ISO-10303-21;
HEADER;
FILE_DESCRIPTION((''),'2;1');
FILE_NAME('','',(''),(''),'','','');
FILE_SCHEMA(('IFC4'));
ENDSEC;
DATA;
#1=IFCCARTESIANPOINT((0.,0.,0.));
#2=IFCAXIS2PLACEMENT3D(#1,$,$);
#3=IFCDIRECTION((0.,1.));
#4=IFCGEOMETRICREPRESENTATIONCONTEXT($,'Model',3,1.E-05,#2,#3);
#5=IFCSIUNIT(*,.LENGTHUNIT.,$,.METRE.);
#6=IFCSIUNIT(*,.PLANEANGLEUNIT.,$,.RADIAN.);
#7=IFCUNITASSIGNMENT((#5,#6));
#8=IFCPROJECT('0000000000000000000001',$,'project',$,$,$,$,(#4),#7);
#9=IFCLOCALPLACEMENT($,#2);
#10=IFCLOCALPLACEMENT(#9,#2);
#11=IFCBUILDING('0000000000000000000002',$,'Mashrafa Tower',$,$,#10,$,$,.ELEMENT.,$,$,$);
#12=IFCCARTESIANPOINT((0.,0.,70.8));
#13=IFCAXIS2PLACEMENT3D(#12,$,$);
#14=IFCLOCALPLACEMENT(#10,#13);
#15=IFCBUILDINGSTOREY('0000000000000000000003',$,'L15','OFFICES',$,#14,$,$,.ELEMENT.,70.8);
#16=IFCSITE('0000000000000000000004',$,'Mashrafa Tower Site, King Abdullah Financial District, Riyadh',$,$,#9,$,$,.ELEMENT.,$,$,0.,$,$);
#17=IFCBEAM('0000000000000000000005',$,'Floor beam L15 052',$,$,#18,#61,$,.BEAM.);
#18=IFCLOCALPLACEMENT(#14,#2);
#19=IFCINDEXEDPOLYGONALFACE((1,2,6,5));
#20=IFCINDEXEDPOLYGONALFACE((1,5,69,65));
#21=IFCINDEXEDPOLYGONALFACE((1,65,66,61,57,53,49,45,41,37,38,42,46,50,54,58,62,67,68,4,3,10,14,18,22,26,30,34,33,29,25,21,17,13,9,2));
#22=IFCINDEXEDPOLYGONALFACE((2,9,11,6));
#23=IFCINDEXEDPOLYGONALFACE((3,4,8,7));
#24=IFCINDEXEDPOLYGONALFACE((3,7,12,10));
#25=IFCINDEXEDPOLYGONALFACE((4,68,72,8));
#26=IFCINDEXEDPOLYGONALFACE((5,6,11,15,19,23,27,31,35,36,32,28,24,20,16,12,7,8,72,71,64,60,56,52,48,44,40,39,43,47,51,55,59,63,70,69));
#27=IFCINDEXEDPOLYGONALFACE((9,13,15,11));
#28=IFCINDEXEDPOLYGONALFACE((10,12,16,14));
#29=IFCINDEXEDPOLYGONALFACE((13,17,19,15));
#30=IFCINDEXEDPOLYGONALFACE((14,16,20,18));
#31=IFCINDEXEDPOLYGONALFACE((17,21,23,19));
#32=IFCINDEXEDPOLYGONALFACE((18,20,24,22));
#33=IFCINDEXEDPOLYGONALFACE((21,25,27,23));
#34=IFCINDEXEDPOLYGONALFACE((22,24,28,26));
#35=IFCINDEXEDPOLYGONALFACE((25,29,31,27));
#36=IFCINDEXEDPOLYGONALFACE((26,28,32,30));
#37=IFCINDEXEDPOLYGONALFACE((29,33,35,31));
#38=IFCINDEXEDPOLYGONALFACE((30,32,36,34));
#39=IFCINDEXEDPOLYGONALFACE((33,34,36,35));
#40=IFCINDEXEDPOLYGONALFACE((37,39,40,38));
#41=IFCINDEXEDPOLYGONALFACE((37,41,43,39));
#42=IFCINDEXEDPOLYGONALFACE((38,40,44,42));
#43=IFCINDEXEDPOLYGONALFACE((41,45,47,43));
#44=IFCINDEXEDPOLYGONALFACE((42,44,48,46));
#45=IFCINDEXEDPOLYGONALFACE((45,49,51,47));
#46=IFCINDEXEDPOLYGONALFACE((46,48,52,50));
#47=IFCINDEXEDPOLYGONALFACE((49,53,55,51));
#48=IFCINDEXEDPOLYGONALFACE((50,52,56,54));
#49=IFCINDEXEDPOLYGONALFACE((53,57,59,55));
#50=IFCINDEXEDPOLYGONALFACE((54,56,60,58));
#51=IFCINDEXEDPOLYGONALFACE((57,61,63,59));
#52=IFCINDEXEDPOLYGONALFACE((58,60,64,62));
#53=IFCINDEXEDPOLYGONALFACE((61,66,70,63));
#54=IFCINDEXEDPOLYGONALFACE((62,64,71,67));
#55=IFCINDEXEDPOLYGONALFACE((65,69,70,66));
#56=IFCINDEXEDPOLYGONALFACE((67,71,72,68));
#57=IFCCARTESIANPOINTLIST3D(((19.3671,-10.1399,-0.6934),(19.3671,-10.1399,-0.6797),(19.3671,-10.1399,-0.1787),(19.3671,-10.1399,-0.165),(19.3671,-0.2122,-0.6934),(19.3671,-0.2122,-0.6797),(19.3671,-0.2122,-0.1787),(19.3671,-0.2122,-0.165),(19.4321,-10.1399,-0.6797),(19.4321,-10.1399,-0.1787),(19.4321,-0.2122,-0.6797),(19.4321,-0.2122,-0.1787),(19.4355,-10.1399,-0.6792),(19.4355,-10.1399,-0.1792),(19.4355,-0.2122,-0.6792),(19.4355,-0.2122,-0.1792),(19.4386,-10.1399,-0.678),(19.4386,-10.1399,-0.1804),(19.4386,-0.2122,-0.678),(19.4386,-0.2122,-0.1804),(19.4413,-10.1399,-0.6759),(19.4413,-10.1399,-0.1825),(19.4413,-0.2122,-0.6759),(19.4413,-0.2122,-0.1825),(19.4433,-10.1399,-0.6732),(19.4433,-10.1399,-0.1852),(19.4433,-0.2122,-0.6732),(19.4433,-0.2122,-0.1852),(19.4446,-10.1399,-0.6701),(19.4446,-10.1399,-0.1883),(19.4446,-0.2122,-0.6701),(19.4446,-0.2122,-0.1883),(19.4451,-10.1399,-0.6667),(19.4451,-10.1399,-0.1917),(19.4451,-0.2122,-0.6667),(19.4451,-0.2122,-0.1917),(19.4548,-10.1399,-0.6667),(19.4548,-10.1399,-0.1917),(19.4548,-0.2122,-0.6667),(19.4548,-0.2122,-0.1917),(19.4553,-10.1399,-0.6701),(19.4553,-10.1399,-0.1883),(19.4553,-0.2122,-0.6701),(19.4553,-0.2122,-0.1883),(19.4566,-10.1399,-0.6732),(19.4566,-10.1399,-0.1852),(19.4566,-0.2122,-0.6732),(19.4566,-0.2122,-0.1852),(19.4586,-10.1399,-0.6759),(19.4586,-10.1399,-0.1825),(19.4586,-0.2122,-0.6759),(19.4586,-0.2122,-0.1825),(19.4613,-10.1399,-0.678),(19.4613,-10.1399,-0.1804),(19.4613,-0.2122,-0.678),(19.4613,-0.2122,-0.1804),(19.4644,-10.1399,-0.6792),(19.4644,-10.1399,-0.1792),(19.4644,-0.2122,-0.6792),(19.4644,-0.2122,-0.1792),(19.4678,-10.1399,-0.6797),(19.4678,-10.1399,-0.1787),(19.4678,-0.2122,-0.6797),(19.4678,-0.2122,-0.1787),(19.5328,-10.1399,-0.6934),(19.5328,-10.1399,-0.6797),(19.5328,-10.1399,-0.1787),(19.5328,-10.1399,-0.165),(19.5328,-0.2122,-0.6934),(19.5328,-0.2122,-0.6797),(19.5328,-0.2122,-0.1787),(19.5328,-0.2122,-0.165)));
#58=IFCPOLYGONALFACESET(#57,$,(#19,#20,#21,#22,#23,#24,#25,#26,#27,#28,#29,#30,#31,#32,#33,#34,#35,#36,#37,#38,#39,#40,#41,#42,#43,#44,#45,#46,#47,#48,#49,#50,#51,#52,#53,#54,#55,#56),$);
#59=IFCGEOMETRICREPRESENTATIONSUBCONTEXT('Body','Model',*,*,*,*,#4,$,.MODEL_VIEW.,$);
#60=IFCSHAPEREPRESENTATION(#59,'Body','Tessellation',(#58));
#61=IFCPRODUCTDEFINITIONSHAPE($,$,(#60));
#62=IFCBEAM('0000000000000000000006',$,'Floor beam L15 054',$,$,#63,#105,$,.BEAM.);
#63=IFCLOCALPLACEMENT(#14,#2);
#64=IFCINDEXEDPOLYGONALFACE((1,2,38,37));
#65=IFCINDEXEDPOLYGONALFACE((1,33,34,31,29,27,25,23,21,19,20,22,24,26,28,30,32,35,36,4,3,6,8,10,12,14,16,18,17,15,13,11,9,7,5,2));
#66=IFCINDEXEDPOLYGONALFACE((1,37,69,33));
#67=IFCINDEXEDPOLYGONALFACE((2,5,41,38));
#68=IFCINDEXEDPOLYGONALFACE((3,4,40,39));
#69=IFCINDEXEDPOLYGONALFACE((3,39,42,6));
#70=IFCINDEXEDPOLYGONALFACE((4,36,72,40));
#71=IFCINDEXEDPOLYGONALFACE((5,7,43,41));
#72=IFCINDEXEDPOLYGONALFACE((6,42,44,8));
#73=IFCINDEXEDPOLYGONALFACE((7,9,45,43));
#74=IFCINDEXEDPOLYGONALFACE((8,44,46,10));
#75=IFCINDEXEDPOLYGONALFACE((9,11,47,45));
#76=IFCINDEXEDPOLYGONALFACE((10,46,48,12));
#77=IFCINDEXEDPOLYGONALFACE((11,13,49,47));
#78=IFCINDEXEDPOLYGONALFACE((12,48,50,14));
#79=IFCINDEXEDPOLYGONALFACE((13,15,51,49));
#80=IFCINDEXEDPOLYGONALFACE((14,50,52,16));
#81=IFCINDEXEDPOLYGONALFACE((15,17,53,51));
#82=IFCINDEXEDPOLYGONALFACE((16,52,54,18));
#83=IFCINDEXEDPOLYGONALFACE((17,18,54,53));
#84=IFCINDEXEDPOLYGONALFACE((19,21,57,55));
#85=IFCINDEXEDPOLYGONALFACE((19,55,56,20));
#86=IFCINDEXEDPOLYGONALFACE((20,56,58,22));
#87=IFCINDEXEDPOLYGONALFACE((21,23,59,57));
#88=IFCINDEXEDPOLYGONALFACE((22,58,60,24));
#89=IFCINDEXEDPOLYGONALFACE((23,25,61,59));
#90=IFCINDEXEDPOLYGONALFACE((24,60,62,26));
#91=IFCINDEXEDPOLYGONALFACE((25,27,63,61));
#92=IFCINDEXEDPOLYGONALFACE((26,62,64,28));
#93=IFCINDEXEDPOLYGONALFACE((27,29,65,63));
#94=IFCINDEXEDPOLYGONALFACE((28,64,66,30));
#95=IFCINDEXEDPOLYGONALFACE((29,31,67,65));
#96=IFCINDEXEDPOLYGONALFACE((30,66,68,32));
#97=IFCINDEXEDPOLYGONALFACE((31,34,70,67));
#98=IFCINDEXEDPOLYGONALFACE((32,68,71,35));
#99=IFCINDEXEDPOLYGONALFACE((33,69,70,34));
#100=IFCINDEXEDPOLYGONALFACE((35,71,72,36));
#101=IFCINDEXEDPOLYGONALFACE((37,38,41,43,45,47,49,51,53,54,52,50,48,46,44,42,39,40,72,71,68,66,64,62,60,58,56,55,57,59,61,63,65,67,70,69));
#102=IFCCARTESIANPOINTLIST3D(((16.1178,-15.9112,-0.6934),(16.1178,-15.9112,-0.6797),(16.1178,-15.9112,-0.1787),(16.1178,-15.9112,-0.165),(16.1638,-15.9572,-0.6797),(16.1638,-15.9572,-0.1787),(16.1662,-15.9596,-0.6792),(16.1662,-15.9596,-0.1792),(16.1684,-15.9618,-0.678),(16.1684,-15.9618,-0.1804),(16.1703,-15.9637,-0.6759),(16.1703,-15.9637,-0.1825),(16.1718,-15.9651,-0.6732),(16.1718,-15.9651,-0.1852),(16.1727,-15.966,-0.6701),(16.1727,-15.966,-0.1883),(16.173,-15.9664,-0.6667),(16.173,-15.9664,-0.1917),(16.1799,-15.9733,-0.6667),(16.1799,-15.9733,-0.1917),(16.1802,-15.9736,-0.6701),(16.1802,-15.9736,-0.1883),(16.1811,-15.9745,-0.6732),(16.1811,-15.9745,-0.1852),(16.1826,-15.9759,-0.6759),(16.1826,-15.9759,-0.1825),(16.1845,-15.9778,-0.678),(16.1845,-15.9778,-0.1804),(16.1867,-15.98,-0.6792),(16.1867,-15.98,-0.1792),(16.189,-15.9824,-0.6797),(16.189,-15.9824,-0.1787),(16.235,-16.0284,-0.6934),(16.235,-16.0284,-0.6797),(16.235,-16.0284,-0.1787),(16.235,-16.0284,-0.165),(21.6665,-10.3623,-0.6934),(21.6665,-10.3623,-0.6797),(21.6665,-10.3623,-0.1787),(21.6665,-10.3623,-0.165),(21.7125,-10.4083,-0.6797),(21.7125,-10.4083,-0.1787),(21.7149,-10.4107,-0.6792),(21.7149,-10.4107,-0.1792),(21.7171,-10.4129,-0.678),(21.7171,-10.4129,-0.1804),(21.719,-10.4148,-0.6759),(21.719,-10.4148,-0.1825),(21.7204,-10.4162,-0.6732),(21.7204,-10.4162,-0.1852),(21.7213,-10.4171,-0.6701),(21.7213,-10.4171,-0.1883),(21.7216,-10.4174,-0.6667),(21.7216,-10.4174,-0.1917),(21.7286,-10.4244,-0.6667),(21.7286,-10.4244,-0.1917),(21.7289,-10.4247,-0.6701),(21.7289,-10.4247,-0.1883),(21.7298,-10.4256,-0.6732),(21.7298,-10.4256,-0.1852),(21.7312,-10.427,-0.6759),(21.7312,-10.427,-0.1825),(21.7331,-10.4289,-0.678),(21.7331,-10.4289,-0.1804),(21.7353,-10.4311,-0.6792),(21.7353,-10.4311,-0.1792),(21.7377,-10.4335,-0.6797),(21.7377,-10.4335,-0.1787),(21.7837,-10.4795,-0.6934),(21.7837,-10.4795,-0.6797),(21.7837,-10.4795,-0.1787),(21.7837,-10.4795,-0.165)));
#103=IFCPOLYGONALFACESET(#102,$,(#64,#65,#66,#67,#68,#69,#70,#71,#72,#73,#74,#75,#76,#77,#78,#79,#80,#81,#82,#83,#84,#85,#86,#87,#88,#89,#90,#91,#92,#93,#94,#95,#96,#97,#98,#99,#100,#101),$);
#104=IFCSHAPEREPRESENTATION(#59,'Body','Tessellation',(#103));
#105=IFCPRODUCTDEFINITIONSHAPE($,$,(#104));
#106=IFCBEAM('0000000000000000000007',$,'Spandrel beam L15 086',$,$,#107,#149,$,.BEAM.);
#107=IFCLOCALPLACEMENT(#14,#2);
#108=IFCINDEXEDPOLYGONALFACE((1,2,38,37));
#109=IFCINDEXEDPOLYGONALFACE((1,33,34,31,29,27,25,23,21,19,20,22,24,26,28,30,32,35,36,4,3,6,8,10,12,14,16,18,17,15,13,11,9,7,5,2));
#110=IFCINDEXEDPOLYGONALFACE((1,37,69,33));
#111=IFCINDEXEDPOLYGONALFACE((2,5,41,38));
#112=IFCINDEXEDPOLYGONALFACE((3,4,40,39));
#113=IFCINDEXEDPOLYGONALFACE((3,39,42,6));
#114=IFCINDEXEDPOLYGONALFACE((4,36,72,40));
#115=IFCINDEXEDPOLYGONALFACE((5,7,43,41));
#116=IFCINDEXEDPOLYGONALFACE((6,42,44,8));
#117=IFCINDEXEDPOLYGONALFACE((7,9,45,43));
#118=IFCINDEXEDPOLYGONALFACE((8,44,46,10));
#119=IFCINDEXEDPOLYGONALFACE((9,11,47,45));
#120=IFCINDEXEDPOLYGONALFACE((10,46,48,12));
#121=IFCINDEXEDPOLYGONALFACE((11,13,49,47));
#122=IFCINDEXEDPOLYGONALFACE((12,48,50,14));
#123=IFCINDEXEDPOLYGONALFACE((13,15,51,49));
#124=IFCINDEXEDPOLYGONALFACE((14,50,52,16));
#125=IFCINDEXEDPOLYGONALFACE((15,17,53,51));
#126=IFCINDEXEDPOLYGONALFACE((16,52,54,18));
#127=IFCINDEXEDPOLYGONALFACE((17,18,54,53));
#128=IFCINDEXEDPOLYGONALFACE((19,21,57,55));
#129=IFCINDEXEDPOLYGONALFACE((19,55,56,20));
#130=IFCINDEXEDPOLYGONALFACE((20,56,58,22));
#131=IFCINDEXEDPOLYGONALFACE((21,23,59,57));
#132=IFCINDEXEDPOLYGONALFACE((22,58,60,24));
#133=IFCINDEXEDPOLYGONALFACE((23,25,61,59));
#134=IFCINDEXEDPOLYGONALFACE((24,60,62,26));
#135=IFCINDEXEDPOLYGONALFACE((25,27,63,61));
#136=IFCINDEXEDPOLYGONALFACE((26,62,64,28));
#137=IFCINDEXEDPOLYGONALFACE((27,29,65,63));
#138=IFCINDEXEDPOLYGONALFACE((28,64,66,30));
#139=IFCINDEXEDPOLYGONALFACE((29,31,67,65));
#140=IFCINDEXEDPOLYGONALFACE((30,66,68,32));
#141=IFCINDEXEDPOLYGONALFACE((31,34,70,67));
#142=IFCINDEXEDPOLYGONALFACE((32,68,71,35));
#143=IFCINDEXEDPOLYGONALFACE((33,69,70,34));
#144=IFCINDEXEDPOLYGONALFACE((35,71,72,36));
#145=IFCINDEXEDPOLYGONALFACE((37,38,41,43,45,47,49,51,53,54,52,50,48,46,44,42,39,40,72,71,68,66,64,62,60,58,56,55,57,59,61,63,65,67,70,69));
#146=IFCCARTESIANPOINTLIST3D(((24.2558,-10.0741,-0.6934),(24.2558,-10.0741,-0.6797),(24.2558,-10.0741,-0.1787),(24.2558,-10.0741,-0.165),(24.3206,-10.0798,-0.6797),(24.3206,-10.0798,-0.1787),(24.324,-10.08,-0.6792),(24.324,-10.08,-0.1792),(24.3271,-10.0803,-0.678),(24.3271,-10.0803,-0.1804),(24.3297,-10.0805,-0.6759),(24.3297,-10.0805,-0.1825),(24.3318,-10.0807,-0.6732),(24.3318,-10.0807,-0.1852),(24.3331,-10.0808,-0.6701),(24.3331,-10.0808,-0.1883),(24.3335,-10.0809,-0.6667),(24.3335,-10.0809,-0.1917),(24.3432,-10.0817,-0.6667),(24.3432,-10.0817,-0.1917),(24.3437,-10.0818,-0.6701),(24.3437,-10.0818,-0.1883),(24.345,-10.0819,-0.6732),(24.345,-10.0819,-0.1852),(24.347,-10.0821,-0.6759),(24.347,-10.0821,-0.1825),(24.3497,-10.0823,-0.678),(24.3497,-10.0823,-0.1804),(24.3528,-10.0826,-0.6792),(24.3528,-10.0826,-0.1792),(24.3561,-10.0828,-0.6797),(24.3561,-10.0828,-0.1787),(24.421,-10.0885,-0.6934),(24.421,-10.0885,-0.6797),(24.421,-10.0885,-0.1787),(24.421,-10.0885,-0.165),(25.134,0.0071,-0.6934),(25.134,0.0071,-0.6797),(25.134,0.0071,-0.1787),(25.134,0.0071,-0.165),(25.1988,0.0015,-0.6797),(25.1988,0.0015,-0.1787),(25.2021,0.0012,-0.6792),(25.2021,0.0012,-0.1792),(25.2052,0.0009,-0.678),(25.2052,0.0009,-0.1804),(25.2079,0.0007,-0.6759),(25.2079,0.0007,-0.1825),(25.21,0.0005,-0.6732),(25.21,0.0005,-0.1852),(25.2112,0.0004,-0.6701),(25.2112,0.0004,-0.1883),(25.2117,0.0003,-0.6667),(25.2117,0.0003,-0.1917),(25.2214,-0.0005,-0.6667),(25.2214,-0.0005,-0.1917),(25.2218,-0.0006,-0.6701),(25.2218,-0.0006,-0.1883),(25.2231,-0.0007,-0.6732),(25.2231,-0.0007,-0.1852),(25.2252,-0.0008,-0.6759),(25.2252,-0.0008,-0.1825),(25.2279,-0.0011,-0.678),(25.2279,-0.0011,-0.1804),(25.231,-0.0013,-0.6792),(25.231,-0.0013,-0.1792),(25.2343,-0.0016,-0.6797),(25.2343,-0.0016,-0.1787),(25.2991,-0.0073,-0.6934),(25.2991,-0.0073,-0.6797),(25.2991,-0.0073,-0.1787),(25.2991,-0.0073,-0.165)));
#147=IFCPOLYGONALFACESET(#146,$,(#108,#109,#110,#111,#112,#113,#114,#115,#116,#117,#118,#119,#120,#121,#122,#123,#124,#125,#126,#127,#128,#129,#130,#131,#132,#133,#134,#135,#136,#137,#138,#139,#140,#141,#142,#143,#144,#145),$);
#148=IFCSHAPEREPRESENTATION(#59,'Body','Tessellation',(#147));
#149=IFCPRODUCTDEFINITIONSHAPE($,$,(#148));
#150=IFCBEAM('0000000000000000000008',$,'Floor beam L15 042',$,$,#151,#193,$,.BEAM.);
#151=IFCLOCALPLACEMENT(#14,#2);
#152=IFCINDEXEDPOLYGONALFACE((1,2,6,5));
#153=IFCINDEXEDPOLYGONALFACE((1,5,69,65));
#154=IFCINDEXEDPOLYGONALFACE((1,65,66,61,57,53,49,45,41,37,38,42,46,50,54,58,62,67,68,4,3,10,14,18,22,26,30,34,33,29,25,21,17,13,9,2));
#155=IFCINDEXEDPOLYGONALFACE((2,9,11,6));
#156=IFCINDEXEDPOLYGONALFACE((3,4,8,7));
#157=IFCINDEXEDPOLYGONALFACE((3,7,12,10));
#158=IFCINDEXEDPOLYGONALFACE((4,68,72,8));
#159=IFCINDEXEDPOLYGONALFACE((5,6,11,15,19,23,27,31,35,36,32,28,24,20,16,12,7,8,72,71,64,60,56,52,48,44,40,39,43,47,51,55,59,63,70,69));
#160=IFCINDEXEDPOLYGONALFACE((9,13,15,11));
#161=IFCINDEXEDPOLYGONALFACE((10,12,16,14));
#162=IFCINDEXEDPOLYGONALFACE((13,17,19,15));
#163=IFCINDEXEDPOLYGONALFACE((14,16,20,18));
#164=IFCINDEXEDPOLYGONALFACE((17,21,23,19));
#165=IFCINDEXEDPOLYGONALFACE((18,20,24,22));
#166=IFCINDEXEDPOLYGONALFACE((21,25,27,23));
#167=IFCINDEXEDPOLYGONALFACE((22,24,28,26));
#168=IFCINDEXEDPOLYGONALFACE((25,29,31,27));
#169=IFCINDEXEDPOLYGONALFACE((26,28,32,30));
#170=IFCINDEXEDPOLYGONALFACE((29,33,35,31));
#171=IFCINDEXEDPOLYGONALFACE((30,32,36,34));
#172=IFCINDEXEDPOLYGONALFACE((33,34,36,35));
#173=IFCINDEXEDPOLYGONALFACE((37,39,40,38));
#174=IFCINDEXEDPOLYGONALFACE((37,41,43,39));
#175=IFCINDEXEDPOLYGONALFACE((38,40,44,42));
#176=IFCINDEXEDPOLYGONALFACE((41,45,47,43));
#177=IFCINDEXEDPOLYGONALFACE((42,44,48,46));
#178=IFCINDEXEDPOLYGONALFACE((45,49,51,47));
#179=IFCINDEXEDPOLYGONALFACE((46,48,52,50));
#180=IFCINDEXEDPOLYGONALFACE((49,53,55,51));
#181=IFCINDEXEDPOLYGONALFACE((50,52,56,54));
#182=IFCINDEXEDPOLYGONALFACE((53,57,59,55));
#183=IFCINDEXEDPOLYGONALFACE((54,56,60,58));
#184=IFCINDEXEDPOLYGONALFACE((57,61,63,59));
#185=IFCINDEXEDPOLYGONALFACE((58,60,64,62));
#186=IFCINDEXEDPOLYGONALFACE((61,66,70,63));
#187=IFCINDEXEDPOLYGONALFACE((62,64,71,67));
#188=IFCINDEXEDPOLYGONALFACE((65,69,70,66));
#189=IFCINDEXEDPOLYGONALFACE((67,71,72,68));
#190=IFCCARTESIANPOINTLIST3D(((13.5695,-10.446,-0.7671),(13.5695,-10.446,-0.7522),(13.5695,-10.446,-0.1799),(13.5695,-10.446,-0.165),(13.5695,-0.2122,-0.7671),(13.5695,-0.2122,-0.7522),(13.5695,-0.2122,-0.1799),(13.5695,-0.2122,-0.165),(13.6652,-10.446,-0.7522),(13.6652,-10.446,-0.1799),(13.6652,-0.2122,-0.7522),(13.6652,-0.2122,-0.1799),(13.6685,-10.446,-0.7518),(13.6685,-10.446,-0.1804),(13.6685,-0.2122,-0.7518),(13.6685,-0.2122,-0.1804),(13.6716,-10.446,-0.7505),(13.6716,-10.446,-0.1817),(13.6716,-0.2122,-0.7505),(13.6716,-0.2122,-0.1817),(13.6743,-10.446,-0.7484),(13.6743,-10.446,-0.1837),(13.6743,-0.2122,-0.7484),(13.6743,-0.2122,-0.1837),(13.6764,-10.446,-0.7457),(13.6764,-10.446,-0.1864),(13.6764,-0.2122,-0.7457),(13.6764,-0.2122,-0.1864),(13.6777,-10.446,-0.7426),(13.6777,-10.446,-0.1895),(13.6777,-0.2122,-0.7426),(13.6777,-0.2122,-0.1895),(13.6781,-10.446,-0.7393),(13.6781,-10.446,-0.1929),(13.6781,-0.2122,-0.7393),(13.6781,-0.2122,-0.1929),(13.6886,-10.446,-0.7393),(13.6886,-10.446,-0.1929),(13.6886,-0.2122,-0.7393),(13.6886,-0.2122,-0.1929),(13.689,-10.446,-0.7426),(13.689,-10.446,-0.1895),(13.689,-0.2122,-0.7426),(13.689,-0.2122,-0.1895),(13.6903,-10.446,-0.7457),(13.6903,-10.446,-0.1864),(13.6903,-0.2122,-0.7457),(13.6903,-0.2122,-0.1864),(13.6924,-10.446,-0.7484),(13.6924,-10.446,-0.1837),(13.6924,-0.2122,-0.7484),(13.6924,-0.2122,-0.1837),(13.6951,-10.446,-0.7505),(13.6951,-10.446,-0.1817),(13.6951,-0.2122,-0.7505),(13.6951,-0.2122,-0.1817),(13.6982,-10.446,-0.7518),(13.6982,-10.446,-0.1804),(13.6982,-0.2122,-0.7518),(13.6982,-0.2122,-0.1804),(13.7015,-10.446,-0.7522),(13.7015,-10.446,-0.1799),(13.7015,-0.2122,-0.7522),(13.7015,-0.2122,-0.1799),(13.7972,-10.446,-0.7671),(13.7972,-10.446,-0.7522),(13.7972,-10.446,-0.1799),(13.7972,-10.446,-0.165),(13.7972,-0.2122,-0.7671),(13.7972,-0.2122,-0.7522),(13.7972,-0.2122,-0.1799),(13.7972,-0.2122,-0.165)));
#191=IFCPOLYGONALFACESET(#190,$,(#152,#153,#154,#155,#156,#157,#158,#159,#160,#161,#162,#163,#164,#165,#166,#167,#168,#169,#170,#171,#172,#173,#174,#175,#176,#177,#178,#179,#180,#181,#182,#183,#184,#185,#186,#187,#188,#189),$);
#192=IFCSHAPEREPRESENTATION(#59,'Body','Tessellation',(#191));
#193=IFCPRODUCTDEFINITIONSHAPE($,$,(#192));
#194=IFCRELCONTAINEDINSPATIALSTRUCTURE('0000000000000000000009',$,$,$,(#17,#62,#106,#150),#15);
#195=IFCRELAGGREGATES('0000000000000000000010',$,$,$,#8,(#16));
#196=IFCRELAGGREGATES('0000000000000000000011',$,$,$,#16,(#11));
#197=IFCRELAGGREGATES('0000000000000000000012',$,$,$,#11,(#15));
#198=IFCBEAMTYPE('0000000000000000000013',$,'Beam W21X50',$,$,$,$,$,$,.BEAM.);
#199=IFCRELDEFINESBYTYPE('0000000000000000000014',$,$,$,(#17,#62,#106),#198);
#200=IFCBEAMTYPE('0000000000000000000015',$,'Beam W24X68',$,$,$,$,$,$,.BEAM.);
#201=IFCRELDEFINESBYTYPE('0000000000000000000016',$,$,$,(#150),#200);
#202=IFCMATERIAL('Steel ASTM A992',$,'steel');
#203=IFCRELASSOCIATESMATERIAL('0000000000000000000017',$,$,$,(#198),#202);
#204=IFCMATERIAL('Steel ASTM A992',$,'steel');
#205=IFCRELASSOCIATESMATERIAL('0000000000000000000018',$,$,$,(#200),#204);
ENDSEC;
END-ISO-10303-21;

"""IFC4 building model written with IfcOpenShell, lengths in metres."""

from ifc_helpers import new_model, si_unit, direction, frame, origin, origin_2d, place, context, subcontext, project, spatial, i_section, extrude, material, material_profile, profile_set, type_object, element, save


model = new_model("IFC4")

# Units and contexts
model_context = context("Model", 3, precision=1e-05, world=origin(), true_north=direction((0.0, 1.0)))
body_context = subcontext(model_context, "Body", "Model", "MODEL_VIEW")
ifc_project = project(units=[si_unit("LENGTHUNIT", "METRE"), si_unit("PLANEANGLEUNIT", "RADIAN")], contexts=[model_context])

# Site, building, storey
site_placement = place(None, origin())
site = spatial("IfcSite", under=ifc_project, at=site_placement, Name="Mashrafa Tower Site, King Abdullah Financial District, Riyadh", CompositionType="ELEMENT", RefElevation=0.0)
building_placement = place(site_placement, origin())
building = spatial("IfcBuilding", under=site, at=building_placement, Name="Mashrafa Tower", CompositionType="ELEMENT")
storey_placement = place(building_placement, frame((0.0, 0.0, 70.8)))
storey = spatial("IfcBuildingStorey", under=building, at=storey_placement, Name="L15", Description="OFFICES", CompositionType="ELEMENT", Elevation=70.8)

# Beams
ifc_material_1 = material(Name="Steel ASTM A992", Category="steel")
ifc_material_profile_1 = material_profile(ifc_material_1, i_section(OverallWidth=0.1658, OverallDepth=0.5283, WebThickness=0.0098, FlangeThickness=0.0137, FilletRadius=0.0129, at=origin_2d()), Name="W21X50")
ifc_profile_set_1 = profile_set([ifc_material_profile_1], Name="Steel ASTM A992")
beam_type_1 = type_object("IfcBeamType", Name="Beam W21X50", PredefinedType="BEAM", material=ifc_profile_set_1)
beam_1_placement = place(storey_placement, frame((19.45, -0.2122, -0.4292), z_axis=(0.0, -1.0, 0.0), x_axis=(1.0, 0.0, 0.0)))
element("IfcBeam", 1, at=beam_1_placement, inside=storey, type_object=beam_type_1, Name="Floor beam L15 052", PredefinedType="BEAM", context=body_context, shape_type="SweptSolid", body=[
    extrude(i_section(OverallWidth=0.1658, OverallDepth=0.5283, WebThickness=0.0098, FlangeThickness=0.0137, FilletRadius=0.0129, at=origin_2d()), origin(), (0.0, 0.0, 1.0), 9.9277),
])
beam_2_placement = place(storey_placement, frame((21.7251, -10.4209, -0.4292), z_axis=(-0.707091, -0.707122, 0.0), x_axis=(0.707122, -0.707091, 0.0)))
element("IfcBeam", 2, at=beam_2_placement, inside=storey, type_object=beam_type_1, Name="Floor beam L15 054", PredefinedType="BEAM", context=body_context, shape_type="SweptSolid", body=[
    extrude(i_section(OverallWidth=0.1658, OverallDepth=0.5283, WebThickness=0.0098, FlangeThickness=0.0137, FilletRadius=0.0129, at=origin_2d()), origin(), (0.0, 0.0, 1.0), 7.8472),
])
beam_3_placement = place(storey_placement, frame((24.3384, -10.0813, -0.4292), z_axis=(0.086781, 0.996227, 0.0), x_axis=(-0.996227, 0.086781, 0.0)))
element("IfcBeam", 3, at=beam_3_placement, inside=storey, type_object=beam_type_1, Name="Spandrel beam L15 086", PredefinedType="BEAM", context=body_context, shape_type="SweptSolid", body=[
    extrude(i_section(OverallWidth=0.1658, OverallDepth=0.5283, WebThickness=0.0098, FlangeThickness=0.0137, FilletRadius=0.0129, at=origin_2d()), origin(), (0.0, 0.0, 1.0), 10.1194),
])
ifc_material_2 = material(Name="Steel ASTM A992", Category="steel")
ifc_material_profile_2 = material_profile(ifc_material_2, i_section(OverallWidth=0.2278, OverallDepth=0.6021, WebThickness=0.0105, FlangeThickness=0.0149, FilletRadius=0.0129, at=origin_2d()), Name="W24X68")
ifc_profile_set_2 = profile_set([ifc_material_profile_2], Name="Steel ASTM A992")
beam_type_2 = type_object("IfcBeamType", Name="Beam W24X68", PredefinedType="BEAM", material=ifc_profile_set_2)
beam_4_placement = place(storey_placement, frame((13.6833, -0.2122, -0.4661), z_axis=(0.0, -1.0, 0.0), x_axis=(1.0, 0.0, 0.0)))
element("IfcBeam", 4, at=beam_4_placement, inside=storey, type_object=beam_type_2, Name="Floor beam L15 042", PredefinedType="BEAM", context=body_context, shape_type="SweptSolid", body=[
    extrude(i_section(OverallWidth=0.2278, OverallDepth=0.6021, WebThickness=0.0105, FlangeThickness=0.0149, FilletRadius=0.0129, at=origin_2d()), origin(), (0.0, 0.0, 1.0), 10.2339),
])

save(model, "model.ifc")
